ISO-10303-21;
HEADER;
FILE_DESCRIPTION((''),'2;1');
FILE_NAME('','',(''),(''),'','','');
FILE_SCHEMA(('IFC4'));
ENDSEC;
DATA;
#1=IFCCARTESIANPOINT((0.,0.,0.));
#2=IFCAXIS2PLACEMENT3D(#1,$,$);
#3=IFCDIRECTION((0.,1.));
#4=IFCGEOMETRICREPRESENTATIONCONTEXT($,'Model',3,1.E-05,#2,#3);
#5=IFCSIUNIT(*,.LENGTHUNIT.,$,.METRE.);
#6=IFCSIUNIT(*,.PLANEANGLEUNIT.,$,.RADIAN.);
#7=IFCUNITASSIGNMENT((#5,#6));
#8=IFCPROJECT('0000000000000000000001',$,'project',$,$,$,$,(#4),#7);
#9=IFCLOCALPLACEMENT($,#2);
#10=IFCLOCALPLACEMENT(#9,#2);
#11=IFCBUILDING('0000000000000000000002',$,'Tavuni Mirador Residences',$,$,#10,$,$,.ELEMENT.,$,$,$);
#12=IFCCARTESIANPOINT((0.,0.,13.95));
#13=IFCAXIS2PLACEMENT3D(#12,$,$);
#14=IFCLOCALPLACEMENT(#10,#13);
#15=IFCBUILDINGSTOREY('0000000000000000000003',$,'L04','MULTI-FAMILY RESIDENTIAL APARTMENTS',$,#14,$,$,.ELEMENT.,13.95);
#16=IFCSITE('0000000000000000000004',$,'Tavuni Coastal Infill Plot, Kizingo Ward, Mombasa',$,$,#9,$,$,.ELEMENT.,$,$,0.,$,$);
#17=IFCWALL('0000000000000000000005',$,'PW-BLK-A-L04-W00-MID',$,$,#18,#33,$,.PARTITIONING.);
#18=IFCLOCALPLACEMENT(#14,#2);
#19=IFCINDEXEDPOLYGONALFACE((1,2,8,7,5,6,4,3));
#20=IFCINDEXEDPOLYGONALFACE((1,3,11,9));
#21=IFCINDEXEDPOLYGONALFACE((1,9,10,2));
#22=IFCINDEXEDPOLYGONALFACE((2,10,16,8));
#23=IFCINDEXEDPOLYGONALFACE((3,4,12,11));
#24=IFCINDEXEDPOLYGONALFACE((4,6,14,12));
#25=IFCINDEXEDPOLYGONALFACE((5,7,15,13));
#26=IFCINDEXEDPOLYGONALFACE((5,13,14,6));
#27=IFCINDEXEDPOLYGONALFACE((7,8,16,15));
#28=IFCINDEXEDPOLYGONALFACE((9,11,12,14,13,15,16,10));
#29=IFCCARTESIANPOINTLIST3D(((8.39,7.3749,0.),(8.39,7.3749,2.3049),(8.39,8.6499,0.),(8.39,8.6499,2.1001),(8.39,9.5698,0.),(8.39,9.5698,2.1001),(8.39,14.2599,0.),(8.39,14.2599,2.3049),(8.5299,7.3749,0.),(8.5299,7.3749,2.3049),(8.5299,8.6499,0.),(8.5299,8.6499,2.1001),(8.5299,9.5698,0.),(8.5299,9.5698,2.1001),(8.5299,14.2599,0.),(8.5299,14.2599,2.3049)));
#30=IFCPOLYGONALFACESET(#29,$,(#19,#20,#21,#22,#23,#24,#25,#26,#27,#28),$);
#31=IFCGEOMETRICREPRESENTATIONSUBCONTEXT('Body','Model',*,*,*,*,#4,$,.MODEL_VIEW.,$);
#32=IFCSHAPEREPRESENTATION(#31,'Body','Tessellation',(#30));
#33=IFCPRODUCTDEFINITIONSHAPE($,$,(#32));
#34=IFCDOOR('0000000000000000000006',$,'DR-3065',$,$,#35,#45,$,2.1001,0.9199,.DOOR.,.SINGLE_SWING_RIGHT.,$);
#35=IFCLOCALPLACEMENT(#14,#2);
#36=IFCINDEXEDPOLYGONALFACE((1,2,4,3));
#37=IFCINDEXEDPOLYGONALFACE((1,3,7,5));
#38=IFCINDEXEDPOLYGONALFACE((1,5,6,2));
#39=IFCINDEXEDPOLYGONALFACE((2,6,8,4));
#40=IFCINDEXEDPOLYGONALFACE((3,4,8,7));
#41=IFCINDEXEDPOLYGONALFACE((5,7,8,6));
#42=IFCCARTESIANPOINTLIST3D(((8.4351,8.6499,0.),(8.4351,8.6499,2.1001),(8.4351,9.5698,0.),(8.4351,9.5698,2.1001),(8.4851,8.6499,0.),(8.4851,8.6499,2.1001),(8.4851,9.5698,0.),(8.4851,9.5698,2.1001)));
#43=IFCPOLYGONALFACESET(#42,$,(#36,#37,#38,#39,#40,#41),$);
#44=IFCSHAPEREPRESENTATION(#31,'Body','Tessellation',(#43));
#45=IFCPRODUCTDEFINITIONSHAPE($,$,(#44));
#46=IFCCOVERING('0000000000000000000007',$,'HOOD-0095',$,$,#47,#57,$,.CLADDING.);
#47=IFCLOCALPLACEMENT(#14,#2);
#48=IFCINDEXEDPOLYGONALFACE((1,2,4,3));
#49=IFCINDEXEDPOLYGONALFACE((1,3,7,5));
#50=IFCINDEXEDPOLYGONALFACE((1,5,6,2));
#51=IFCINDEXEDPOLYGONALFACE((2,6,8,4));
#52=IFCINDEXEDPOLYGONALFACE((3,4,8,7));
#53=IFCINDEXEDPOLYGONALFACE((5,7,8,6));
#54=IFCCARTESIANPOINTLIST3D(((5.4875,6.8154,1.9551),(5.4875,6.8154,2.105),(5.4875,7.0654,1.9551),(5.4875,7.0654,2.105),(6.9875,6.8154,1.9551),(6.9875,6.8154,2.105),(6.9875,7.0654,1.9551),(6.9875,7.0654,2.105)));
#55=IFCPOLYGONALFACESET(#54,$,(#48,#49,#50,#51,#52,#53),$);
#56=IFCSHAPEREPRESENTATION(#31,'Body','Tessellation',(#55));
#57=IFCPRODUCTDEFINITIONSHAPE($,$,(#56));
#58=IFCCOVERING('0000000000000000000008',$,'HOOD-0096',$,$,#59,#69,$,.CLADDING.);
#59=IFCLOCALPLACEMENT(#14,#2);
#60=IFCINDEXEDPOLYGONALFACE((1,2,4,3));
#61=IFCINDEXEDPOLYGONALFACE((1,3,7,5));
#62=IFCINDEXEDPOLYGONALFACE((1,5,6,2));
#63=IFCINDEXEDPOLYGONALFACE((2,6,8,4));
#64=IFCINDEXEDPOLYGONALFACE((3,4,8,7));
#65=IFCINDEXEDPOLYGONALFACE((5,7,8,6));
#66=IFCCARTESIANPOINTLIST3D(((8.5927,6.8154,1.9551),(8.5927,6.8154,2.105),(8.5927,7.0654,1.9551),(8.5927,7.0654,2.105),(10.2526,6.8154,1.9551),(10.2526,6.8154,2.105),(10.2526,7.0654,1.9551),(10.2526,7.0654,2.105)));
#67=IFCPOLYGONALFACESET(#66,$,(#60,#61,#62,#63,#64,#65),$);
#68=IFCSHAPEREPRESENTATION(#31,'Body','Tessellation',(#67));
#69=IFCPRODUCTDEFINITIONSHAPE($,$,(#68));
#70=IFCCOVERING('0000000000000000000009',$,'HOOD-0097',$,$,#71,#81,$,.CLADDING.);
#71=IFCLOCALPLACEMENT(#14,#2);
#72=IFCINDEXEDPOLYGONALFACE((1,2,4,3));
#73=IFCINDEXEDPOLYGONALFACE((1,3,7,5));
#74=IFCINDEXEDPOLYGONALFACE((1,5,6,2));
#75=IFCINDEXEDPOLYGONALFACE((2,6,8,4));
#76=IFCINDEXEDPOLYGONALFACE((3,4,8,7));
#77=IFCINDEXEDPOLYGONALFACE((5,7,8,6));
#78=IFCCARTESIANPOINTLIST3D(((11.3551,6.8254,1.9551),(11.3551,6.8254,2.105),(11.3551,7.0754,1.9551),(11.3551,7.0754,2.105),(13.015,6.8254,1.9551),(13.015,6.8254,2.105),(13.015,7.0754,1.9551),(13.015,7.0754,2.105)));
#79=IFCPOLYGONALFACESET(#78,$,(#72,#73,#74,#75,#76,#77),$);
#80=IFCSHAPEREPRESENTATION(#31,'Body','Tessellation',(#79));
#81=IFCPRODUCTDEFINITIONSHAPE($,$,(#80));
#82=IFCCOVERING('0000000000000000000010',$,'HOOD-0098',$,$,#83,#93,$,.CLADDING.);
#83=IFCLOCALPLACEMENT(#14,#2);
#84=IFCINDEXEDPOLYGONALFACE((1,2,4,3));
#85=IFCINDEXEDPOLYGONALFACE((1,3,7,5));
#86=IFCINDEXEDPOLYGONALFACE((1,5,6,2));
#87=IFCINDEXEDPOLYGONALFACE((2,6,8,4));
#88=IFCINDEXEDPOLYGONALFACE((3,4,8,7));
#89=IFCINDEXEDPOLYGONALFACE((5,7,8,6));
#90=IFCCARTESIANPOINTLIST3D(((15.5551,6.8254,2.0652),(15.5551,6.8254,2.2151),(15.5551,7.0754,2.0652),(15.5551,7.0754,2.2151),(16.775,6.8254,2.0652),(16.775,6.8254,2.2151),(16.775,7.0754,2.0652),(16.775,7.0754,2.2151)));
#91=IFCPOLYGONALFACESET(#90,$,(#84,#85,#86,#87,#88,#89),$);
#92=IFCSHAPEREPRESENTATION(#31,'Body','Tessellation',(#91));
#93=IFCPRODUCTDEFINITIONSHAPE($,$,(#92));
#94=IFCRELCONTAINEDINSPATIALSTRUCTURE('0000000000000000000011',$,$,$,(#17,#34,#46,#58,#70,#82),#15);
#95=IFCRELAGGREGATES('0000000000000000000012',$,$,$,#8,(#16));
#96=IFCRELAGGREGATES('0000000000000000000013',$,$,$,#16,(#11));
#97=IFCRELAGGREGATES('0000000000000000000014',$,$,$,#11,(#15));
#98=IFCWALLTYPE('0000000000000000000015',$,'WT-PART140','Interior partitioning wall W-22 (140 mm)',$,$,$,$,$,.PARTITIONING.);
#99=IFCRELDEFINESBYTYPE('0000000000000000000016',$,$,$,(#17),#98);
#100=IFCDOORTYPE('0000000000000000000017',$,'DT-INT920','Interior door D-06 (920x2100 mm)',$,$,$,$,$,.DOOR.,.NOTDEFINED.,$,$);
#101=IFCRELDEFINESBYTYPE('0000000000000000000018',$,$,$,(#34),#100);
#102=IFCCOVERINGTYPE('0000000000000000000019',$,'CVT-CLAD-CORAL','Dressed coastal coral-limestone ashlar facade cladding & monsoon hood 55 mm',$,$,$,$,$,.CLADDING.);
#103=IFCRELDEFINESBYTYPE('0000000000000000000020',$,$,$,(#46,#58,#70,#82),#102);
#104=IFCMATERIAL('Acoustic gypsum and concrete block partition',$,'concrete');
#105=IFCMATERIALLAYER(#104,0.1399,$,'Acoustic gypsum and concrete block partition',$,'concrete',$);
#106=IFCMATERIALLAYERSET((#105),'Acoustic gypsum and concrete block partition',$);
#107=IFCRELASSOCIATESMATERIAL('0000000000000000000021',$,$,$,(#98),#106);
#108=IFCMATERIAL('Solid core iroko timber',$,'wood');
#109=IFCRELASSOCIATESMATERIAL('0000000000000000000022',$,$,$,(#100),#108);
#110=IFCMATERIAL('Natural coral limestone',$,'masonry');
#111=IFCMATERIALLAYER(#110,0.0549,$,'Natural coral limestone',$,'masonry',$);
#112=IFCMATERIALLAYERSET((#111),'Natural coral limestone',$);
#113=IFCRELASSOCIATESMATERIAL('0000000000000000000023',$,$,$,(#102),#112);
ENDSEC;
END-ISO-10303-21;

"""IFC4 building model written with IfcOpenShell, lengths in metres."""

from ifc_helpers import new_model, si_unit, direction, frame, frame_2d, origin, origin_2d, place, context, subcontext, project, spatial, rectangle, extrude, material, layer, layer_set, type_object, element, fill, save


model = new_model("IFC4")

# Units and contexts
model_context = context("Model", 3, precision=1e-05, world=origin(), true_north=direction((0.0, 1.0)))
body_context = subcontext(model_context, "Body", "Model", "MODEL_VIEW")
ifc_project = project(units=[si_unit("LENGTHUNIT", "METRE"), si_unit("PLANEANGLEUNIT", "RADIAN")], contexts=[model_context])

# Site, building, storey
site_placement = place(None, origin())
site = spatial("IfcSite", under=ifc_project, at=site_placement, Name="Tavuni Coastal Infill Plot, Kizingo Ward, Mombasa", CompositionType="ELEMENT", RefElevation=0.0)
building_placement = place(site_placement, origin())
building = spatial("IfcBuilding", under=site, at=building_placement, Name="Tavuni Mirador Residences", CompositionType="ELEMENT")
storey_placement = place(building_placement, frame((0.0, 0.0, 13.95)))
storey = spatial("IfcBuildingStorey", under=building, at=storey_placement, Name="L04", Description="MULTI-FAMILY RESIDENTIAL APARTMENTS", CompositionType="ELEMENT", Elevation=13.95)

# Shared definitions
ifc_material_1 = material(Name="Solid core iroko timber", Category="wood")

# Wall, opening, door
ifc_material_2 = material(Name="Acoustic gypsum and concrete block partition", Category="concrete")
ifc_layer_1 = layer(ifc_material_2, 0.1399, Name="Acoustic gypsum and concrete block partition", Category="concrete")
ifc_layer_set_1 = layer_set([ifc_layer_1], Name="Acoustic gypsum and concrete block partition")
wall_type_1 = type_object("IfcWallType", Name="WT-PART140", Description="Interior partitioning wall W-22 (140 mm)", PredefinedType="PARTITIONING", material=ifc_layer_set_1)
wall_1_placement = place(storey_placement, frame((8.46, 7.375, 0.0), z_axis=(0.0, 0.0, 1.0), x_axis=(0.0, 1.0, 0.0)))
wall_1 = element("IfcWall", 1, at=wall_1_placement, inside=storey, type_object=wall_type_1, Name="PW-BLK-A-L04-W00-MID", PredefinedType="PARTITIONING", context=body_context, shape_type="SweptSolid", body=[
    extrude(rectangle(XDim=6.885, YDim=0.1399, at=frame_2d((3.4424, 0.0))), origin(), (0.0, 0.0, 1.0), 2.3049),
])
opening_1_placement = place(wall_1_placement, frame((1.2749, 0.0, 0.0)))
opening_1 = element("IfcOpeningElement", 2, at=opening_1_placement, cuts=wall_1, PredefinedType="OPENING", context=body_context, shape_type="SweptSolid", body=[
    extrude(rectangle(XDim=0.9199, YDim=2.1001, at=frame_2d((0.46, 1.05))), frame((0.0, 0.0801, 0.0), z_axis=(0.0, -1.0, 0.0), x_axis=(1.0, 0.0, 0.0)), (0.0, 0.0, 1.0), 0.1599),
])
door_type_1 = type_object("IfcDoorType", Name="DT-INT920", Description="Interior door D-06 (920x2100 mm)", OperationType="NOTDEFINED", PredefinedType="DOOR", material=ifc_material_1)
door_1_placement = place(opening_1_placement, origin())
door_1 = element("IfcDoor", 3, at=door_1_placement, inside=storey, type_object=door_type_1, Name="DR-3065", OperationType="SINGLE_SWING_RIGHT", OverallHeight=2.1001, OverallWidth=0.9199, PredefinedType="DOOR", context=body_context, shape_type="SweptSolid", body=[
    extrude(rectangle(XDim=0.9199, YDim=2.1001, at=frame_2d((0.46, 1.05))), frame((0.0, 0.0249, 0.0), z_axis=(0.0, -1.0, 0.0), x_axis=(1.0, 0.0, 0.0)), (0.0, 0.0, 1.0), 0.05),
])
fill(opening_1, door_1)

# Coverings
ifc_material_3 = material(Name="Natural coral limestone", Category="masonry")
ifc_layer_2 = layer(ifc_material_3, 0.0549, Name="Natural coral limestone", Category="masonry")
ifc_layer_set_2 = layer_set([ifc_layer_2], Name="Natural coral limestone")
covering_type = type_object("IfcCoveringType", Name="CVT-CLAD-CORAL", Description="Dressed coastal coral-limestone ashlar facade cladding & monsoon hood 55 mm", PredefinedType="CLADDING", material=ifc_layer_set_2)
covering_1_placement = place(storey_placement, frame((6.2375, 6.9404, 1.9551), z_axis=(0.0, 0.0, 1.0), x_axis=(1.0, 0.0, 0.0)))
element("IfcCovering", 4, at=covering_1_placement, inside=storey, type_object=covering_type, Name="HOOD-0095", PredefinedType="CLADDING", context=body_context, shape_type="SweptSolid", body=[
    extrude(rectangle(XDim=1.5, YDim=0.25, at=origin_2d()), origin(), (0.0, 0.0, 1.0), 0.1499),
])
for number, where, z_axis, x_axis, name in (
    (5, (9.4226, 6.9404, 1.9551), (0.0, 0.0, 1.0), (1.0, 0.0, 0.0), "HOOD-0096"),
    (6, (12.1851, 6.9504, 1.9551), (0.0, 0.0, 1.0), (1.0, 0.0, 0.0), "HOOD-0097"),
):
    element("IfcCovering", number, at=place(storey_placement, frame(where, z_axis=z_axis, x_axis=x_axis)), inside=storey, type_object=covering_type, Name=name, PredefinedType="CLADDING", context=body_context, shape_type="SweptSolid", body=[
        extrude(rectangle(XDim=1.6599, YDim=0.25, at=origin_2d()), origin(), (0.0, 0.0, 1.0), 0.1499),
    ])
covering_2_placement = place(storey_placement, frame((16.165, 6.9504, 2.0652), z_axis=(0.0, 0.0, 1.0), x_axis=(1.0, 0.0, 0.0)))
element("IfcCovering", 7, at=covering_2_placement, inside=storey, type_object=covering_type, Name="HOOD-0098", PredefinedType="CLADDING", context=body_context, shape_type="SweptSolid", body=[
    extrude(rectangle(XDim=1.22, YDim=0.25, at=origin_2d()), origin(), (0.0, 0.0, 1.0), 0.1499),
])

save(model, "model.ifc")
